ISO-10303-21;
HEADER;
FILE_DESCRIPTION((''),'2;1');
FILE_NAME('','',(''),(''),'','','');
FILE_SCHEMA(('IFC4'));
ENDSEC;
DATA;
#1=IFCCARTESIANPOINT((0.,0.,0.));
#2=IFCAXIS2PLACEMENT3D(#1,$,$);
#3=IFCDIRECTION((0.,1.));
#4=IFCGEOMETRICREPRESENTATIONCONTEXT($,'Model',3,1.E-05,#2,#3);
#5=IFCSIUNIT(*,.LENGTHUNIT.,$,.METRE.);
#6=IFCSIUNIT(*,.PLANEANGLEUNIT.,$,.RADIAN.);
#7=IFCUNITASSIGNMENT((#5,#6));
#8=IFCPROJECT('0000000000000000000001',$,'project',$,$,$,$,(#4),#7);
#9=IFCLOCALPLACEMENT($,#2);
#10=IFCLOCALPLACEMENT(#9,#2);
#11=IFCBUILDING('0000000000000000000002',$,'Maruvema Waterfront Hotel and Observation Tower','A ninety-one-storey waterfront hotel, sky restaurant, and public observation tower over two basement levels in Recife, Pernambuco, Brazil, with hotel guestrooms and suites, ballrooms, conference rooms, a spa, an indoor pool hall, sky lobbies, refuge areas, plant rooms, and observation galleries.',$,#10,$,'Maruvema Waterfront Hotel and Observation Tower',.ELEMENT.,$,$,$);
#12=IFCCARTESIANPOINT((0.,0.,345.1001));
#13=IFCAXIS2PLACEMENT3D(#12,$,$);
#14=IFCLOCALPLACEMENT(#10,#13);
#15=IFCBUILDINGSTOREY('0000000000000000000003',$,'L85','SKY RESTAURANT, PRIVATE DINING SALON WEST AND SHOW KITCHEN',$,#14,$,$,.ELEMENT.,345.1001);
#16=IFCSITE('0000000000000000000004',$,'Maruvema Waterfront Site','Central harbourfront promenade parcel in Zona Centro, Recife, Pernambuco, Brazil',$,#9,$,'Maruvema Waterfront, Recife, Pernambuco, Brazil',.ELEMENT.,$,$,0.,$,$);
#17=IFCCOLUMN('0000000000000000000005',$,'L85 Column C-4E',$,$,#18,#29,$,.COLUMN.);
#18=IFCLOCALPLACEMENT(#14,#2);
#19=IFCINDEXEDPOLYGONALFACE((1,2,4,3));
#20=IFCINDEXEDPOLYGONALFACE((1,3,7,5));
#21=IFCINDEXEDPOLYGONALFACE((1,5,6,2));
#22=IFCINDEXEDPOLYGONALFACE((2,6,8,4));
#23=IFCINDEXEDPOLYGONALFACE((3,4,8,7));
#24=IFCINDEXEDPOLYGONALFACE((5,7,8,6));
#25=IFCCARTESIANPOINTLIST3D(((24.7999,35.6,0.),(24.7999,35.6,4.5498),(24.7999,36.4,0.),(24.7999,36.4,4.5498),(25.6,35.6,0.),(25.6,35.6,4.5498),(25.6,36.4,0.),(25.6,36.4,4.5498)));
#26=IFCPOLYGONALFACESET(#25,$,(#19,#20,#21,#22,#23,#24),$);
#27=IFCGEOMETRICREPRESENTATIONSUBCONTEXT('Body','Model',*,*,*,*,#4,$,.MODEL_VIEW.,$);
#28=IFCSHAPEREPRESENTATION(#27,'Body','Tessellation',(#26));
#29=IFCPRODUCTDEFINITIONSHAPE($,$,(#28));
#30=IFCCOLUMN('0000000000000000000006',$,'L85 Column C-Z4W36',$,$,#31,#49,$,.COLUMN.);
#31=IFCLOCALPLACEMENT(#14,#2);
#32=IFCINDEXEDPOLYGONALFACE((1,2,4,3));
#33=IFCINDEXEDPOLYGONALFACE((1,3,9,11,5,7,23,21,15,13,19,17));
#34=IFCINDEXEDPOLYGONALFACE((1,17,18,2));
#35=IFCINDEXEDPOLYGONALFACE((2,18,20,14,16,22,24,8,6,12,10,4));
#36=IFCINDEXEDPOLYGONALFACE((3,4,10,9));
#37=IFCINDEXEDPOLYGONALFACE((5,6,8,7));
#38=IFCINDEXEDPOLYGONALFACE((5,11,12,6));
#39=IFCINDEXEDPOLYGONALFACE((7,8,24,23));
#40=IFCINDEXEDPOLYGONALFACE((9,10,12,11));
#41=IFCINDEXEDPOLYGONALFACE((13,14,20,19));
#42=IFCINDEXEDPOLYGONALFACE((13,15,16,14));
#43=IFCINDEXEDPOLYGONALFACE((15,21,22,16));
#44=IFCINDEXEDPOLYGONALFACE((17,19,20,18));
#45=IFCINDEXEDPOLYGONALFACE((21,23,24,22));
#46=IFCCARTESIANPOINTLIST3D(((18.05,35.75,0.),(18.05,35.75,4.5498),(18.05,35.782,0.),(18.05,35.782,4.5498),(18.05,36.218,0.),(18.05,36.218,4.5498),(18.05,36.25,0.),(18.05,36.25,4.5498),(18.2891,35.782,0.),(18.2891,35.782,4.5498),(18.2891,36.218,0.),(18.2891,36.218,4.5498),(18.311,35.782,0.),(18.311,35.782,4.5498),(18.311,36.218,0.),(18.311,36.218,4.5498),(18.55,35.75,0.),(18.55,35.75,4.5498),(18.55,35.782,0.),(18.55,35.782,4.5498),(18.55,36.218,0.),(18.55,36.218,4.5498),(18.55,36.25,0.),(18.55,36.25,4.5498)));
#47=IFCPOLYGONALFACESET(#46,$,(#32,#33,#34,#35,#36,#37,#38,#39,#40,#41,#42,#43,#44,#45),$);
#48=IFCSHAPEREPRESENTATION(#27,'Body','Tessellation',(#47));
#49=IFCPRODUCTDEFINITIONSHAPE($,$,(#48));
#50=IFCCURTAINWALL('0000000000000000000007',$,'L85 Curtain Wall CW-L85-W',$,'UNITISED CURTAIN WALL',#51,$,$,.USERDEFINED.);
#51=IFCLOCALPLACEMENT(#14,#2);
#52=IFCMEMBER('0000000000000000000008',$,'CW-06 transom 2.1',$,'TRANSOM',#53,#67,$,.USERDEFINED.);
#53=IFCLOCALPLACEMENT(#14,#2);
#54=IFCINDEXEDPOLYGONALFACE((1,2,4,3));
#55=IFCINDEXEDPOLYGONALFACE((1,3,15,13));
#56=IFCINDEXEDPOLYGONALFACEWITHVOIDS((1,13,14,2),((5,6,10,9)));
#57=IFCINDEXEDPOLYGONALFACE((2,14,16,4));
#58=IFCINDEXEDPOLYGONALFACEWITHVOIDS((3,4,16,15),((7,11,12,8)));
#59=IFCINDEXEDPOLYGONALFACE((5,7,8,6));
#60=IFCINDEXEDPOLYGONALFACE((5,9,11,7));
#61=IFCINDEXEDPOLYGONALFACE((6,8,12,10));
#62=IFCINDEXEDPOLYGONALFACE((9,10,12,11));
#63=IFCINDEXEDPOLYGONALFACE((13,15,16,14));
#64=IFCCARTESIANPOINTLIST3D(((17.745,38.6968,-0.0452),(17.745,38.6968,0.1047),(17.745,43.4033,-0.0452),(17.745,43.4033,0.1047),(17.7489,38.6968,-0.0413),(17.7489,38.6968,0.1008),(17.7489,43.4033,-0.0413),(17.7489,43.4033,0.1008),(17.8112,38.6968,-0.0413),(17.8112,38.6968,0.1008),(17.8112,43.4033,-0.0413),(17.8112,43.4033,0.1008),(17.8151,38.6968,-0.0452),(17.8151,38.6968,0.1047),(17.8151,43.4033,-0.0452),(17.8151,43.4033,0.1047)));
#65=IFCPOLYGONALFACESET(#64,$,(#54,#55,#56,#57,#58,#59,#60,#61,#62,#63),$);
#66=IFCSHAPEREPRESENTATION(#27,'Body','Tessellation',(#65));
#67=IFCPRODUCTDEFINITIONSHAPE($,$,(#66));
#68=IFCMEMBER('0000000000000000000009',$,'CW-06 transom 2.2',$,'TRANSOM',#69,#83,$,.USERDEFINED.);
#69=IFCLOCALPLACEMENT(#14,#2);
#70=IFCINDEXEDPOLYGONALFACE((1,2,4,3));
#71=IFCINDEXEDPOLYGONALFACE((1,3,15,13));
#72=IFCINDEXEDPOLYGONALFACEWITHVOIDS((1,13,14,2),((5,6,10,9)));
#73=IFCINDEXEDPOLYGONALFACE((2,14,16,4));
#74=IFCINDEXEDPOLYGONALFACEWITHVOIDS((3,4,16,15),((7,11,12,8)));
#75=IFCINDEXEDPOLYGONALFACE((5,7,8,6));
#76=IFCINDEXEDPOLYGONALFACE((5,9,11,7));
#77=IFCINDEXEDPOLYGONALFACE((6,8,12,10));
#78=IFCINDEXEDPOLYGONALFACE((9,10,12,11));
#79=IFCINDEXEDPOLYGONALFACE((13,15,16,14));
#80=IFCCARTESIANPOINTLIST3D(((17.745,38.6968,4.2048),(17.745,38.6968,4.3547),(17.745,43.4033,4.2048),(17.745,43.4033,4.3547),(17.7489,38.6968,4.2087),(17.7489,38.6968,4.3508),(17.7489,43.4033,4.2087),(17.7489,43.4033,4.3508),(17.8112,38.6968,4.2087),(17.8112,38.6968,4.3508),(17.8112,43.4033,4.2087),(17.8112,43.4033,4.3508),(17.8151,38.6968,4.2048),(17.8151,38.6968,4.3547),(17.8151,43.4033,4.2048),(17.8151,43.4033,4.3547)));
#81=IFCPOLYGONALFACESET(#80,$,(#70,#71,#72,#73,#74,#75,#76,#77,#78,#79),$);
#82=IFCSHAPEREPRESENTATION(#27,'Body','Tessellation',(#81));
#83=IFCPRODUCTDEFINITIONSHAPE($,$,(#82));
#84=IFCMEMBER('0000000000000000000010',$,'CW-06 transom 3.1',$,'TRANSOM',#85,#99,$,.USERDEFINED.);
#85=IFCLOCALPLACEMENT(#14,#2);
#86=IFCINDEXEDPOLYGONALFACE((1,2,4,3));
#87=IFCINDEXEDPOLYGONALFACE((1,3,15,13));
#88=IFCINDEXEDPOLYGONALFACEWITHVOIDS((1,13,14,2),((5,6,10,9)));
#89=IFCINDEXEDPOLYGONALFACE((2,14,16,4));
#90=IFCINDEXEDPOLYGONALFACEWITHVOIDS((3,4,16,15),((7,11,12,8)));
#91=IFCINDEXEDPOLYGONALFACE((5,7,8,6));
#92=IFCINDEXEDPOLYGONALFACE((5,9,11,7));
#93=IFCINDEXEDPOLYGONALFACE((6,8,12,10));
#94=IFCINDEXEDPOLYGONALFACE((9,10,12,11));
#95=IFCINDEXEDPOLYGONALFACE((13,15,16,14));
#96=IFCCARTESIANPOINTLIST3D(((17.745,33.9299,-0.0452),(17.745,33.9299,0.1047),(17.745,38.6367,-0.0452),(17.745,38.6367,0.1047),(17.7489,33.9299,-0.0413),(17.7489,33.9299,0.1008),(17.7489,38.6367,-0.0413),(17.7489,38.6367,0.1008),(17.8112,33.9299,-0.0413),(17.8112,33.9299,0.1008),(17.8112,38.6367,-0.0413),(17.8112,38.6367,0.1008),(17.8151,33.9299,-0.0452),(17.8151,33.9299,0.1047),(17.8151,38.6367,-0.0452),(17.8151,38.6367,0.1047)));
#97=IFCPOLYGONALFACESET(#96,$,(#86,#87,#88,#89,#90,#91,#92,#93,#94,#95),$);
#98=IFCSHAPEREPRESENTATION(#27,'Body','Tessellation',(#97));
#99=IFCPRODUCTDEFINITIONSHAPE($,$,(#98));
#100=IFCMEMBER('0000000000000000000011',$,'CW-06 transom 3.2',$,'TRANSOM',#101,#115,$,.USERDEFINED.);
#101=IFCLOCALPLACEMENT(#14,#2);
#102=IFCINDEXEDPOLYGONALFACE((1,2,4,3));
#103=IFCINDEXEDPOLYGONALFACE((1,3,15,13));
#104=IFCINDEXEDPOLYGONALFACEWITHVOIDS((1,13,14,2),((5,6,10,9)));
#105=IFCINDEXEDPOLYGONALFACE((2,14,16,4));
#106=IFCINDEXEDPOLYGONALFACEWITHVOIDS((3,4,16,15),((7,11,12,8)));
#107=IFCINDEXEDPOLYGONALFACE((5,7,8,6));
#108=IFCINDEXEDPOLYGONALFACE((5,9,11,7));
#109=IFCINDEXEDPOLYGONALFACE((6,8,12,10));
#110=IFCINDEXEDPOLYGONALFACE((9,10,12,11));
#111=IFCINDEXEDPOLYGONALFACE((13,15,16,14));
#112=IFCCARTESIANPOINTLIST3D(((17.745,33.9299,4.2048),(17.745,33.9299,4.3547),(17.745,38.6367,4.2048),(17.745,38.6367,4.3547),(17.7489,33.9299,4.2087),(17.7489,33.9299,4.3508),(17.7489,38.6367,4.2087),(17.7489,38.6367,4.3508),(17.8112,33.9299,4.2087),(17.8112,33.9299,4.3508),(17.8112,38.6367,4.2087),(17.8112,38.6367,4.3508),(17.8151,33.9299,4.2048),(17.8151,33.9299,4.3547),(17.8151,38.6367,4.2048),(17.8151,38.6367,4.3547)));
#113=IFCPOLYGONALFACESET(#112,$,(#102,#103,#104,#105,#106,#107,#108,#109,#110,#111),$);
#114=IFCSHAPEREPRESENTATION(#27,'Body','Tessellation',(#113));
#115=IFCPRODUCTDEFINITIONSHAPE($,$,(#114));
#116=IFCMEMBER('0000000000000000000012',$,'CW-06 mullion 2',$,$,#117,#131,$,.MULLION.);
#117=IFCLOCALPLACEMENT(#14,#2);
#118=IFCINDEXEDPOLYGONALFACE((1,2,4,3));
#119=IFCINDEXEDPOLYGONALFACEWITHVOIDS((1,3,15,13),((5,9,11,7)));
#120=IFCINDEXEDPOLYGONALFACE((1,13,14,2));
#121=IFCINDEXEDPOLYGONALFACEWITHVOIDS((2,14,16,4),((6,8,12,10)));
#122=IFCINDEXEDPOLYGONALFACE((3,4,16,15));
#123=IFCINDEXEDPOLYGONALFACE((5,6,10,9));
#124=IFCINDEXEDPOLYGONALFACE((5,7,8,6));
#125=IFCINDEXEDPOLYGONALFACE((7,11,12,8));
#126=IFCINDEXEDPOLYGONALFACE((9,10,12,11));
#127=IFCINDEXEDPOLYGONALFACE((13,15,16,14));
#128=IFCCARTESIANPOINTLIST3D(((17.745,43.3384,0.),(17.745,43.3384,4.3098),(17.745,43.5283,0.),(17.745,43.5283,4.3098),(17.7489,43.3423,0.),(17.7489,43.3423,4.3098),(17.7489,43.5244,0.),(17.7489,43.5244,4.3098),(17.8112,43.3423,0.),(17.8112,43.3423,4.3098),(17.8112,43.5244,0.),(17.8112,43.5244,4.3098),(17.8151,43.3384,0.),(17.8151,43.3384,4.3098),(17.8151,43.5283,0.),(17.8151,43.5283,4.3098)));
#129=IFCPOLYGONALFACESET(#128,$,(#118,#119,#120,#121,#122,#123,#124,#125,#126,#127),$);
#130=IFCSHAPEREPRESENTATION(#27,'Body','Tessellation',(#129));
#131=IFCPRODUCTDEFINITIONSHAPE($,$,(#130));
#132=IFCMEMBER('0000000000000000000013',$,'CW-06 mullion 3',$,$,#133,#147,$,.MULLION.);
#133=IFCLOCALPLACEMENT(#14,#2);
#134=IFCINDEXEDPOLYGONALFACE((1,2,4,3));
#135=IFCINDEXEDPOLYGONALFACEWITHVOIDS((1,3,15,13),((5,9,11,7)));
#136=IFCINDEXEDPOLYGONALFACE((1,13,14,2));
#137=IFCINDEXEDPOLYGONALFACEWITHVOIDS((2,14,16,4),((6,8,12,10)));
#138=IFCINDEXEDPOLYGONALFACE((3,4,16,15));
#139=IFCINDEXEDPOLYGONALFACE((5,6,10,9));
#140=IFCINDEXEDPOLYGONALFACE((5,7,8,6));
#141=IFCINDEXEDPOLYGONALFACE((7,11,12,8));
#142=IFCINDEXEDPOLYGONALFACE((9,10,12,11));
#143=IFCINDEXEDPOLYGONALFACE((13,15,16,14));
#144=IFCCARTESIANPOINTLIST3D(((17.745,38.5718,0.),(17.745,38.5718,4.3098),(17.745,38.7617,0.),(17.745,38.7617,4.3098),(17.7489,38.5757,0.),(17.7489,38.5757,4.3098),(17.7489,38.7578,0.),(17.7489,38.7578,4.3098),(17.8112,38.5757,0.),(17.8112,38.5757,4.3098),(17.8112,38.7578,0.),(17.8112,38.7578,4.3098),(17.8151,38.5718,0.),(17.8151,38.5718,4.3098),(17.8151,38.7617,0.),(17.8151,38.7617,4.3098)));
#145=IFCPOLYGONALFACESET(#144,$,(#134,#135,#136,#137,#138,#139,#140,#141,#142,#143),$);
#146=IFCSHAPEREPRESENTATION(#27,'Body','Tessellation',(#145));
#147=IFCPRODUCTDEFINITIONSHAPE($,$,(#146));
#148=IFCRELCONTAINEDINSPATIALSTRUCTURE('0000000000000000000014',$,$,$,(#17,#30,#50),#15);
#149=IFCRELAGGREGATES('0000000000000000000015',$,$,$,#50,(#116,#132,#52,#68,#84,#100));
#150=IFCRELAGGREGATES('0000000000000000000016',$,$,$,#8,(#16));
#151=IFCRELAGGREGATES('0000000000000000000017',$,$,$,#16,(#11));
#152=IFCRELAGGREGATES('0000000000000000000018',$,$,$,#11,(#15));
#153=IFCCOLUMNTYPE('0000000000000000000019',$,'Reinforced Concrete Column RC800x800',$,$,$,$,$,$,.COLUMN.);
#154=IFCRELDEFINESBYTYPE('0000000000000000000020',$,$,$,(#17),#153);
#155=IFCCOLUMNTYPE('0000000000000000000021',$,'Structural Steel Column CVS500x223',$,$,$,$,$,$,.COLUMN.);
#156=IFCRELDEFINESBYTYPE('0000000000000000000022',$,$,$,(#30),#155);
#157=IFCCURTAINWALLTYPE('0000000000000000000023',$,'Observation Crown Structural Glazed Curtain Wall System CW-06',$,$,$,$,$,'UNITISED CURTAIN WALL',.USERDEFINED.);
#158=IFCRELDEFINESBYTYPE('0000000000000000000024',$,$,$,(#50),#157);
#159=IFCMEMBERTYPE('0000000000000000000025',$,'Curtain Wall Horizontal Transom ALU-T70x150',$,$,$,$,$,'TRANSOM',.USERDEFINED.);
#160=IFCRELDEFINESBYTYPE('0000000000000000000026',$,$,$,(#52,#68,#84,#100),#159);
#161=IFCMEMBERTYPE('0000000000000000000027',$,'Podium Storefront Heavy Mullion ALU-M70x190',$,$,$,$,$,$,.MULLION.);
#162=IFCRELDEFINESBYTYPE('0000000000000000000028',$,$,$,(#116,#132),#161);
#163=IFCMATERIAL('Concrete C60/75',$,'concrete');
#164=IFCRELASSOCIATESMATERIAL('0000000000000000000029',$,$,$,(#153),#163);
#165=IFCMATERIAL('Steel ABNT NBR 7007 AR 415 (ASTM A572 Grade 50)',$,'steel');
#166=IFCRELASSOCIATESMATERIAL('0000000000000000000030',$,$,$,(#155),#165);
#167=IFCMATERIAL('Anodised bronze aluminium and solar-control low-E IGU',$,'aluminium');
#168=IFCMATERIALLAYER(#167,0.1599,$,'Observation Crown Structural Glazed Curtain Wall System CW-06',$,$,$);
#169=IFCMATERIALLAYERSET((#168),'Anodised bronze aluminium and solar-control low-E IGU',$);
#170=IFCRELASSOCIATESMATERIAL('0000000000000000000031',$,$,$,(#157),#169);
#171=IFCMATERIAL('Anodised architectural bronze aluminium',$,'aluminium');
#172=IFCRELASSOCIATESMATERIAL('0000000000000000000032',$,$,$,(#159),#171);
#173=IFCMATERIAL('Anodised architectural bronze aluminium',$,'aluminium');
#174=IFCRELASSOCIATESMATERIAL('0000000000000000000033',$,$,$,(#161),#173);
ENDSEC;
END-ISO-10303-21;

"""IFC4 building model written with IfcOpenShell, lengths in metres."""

from ifc_helpers import new_model, si_unit, direction, frame, origin, origin_2d, place, context, subcontext, project, spatial, rectangle, hollow_rectangle, i_section, extrude, material, layer, layer_set, material_profile, profile_set, type_object, element, aggregate, save


model = new_model("IFC4")

# Units and contexts
model_context = context("Model", 3, precision=1e-05, world=origin(), true_north=direction((0.0, 1.0)))
body_context = subcontext(model_context, "Body", "Model", "MODEL_VIEW")
ifc_project = project(units=[si_unit("LENGTHUNIT", "METRE"), si_unit("PLANEANGLEUNIT", "RADIAN")], contexts=[model_context])

# Site, building, storey
site_placement = place(None, origin())
site = spatial("IfcSite", under=ifc_project, at=site_placement, Name="Maruvema Waterfront Site", Description="Central harbourfront promenade parcel in Zona Centro, Recife, Pernambuco, Brazil", LongName="Maruvema Waterfront, Recife, Pernambuco, Brazil", CompositionType="ELEMENT", RefElevation=0.0)
building_placement = place(site_placement, origin())
building = spatial("IfcBuilding", under=site, at=building_placement, Name="Maruvema Waterfront Hotel and Observation Tower", Description="A ninety-one-storey waterfront hotel, sky restaurant, and public observation tower over two basement levels in Recife, Pernambuco, Brazil, with hotel guestrooms and suites, ballrooms, conference rooms, a spa, an indoor pool hall, sky lobbies, refuge areas, plant rooms, and observation galleries.", LongName="Maruvema Waterfront Hotel and Observation Tower", CompositionType="ELEMENT")
storey_placement = place(building_placement, frame((0.0, 0.0, 345.1001)))
storey = spatial("IfcBuildingStorey", under=building, at=storey_placement, Name="L85", Description="SKY RESTAURANT, PRIVATE DINING SALON WEST AND SHOW KITCHEN", CompositionType="ELEMENT", Elevation=345.1001)

# Columns
ifc_material_1 = material(Name="Concrete C60/75", Category="concrete")
ifc_material_profile_1 = material_profile(ifc_material_1, rectangle(XDim=0.8, YDim=0.8, at=origin_2d()), Name="RC800x800")
ifc_profile_set_1 = profile_set([ifc_material_profile_1], Name="Concrete C60/75")
column_type_1 = type_object("IfcColumnType", Name="Reinforced Concrete Column RC800x800", PredefinedType="COLUMN", material=ifc_profile_set_1)
column_1_placement = place(storey_placement, frame((25.2, 36.0, 0.0), z_axis=(0.0, 0.0, 1.0), x_axis=(1.0, 0.0, 0.0)))
element("IfcColumn", 1, at=column_1_placement, inside=storey, type_object=column_type_1, Name="L85 Column C-4E", PredefinedType="COLUMN", context=body_context, shape_type="SweptSolid", body=[
    extrude(rectangle(XDim=0.8, YDim=0.8, at=origin_2d()), origin(), (0.0, 0.0, 1.0), 4.5498),
])
ifc_material_2 = material(Name="Steel ABNT NBR 7007 AR 415 (ASTM A572 Grade 50)", Category="steel")
ifc_material_profile_2 = material_profile(ifc_material_2, i_section(OverallWidth=0.5, OverallDepth=0.5, WebThickness=0.022, FlangeThickness=0.032, at=origin_2d()), Name="CVS500x223")
ifc_profile_set_2 = profile_set([ifc_material_profile_2], Name="Steel ABNT NBR 7007 AR 415 (ASTM A572 Grade 50)")
column_type_2 = type_object("IfcColumnType", Name="Structural Steel Column CVS500x223", PredefinedType="COLUMN", material=ifc_profile_set_2)
column_2_placement = place(storey_placement, frame((18.3, 36.0, 0.0), z_axis=(0.0, 0.0, 1.0), x_axis=(1.0, 0.0, 0.0)))
element("IfcColumn", 2, at=column_2_placement, inside=storey, type_object=column_type_2, Name="L85 Column C-Z4W36", PredefinedType="COLUMN", context=body_context, shape_type="SweptSolid", body=[
    extrude(i_section(OverallWidth=0.5, OverallDepth=0.5, WebThickness=0.022, FlangeThickness=0.032, at=origin_2d()), origin(), (0.0, 0.0, 1.0), 4.5498),
])

# Curtain wall, members
ifc_material_3 = material(Name="Anodised bronze aluminium and solar-control low-E IGU", Category="aluminium")
ifc_layer_1 = layer(ifc_material_3, 0.1599, Name="Observation Crown Structural Glazed Curtain Wall System CW-06")
ifc_layer_set_1 = layer_set([ifc_layer_1], Name="Anodised bronze aluminium and solar-control low-E IGU")
curtain_wall_type = type_object("IfcCurtainWallType", Name="Observation Crown Structural Glazed Curtain Wall System CW-06", ElementType="UNITISED CURTAIN WALL", PredefinedType="USERDEFINED", material=ifc_layer_set_1)
curtain_wall_placement = place(storey_placement, origin())
curtain_wall = element("IfcCurtainWall", 3, at=curtain_wall_placement, inside=storey, type_object=curtain_wall_type, Name="L85 Curtain Wall CW-L85-W", ObjectType="UNITISED CURTAIN WALL", PredefinedType="USERDEFINED")
ifc_material_4 = material(Name="Anodised architectural bronze aluminium", Category="aluminium")
ifc_material_profile_3 = material_profile(ifc_material_4, hollow_rectangle(XDim=0.0701, YDim=0.1499, WallThickness=0.0039, at=origin_2d()), Name="ALU-T70x150")
ifc_profile_set_3 = profile_set([ifc_material_profile_3], Name="Anodised architectural bronze aluminium")
member_type_1 = type_object("IfcMemberType", Name="Curtain Wall Horizontal Transom ALU-T70x150", ElementType="TRANSOM", PredefinedType="USERDEFINED", material=ifc_profile_set_3)
member_1_placement = place(storey_placement, frame((17.78, 43.4033, 0.0298), z_axis=(0.0, -1.0, 0.0), x_axis=(1.0, 0.0, 0.0)))
member_1 = element("IfcMember", 4, at=member_1_placement, type_object=member_type_1, Name="CW-06 transom 2.1", ObjectType="TRANSOM", PredefinedType="USERDEFINED", context=body_context, shape_type="SweptSolid", body=[
    extrude(hollow_rectangle(XDim=0.0701, YDim=0.1499, WallThickness=0.0039, at=origin_2d()), origin(), (0.0, 0.0, 1.0), 4.7065),
])
member_2_placement = place(storey_placement, frame((17.78, 43.4033, 4.2798), z_axis=(0.0, -1.0, 0.0), x_axis=(1.0, 0.0, 0.0)))
member_2 = element("IfcMember", 5, at=member_2_placement, type_object=member_type_1, Name="CW-06 transom 2.2", ObjectType="TRANSOM", PredefinedType="USERDEFINED", context=body_context, shape_type="SweptSolid", body=[
    extrude(hollow_rectangle(XDim=0.0701, YDim=0.1499, WallThickness=0.0039, at=origin_2d()), origin(), (0.0, 0.0, 1.0), 4.7065),
])
member_3_placement = place(storey_placement, frame((17.78, 38.6367, 0.0298), z_axis=(0.0, -1.0, 0.0), x_axis=(1.0, 0.0, 0.0)))
member_3 = element("IfcMember", 6, at=member_3_placement, type_object=member_type_1, Name="CW-06 transom 3.1", ObjectType="TRANSOM", PredefinedType="USERDEFINED", context=body_context, shape_type="SweptSolid", body=[
    extrude(hollow_rectangle(XDim=0.0701, YDim=0.1499, WallThickness=0.0039, at=origin_2d()), origin(), (0.0, 0.0, 1.0), 4.7068),
])
member_4_placement = place(storey_placement, frame((17.78, 38.6367, 4.2798), z_axis=(0.0, -1.0, 0.0), x_axis=(1.0, 0.0, 0.0)))
member_4 = element("IfcMember", 7, at=member_4_placement, type_object=member_type_1, Name="CW-06 transom 3.2", ObjectType="TRANSOM", PredefinedType="USERDEFINED", context=body_context, shape_type="SweptSolid", body=[
    extrude(hollow_rectangle(XDim=0.0701, YDim=0.1499, WallThickness=0.0039, at=origin_2d()), origin(), (0.0, 0.0, 1.0), 4.7068),
])
ifc_material_5 = material(Name="Anodised architectural bronze aluminium", Category="aluminium")
ifc_material_profile_4 = material_profile(ifc_material_5, hollow_rectangle(XDim=0.0701, YDim=0.1899, WallThickness=0.0039, at=origin_2d()), Name="ALU-M70x190")
ifc_profile_set_4 = profile_set([ifc_material_profile_4], Name="Anodised architectural bronze aluminium")
member_type_2 = type_object("IfcMemberType", Name="Podium Storefront Heavy Mullion ALU-M70x190", PredefinedType="MULLION", material=ifc_profile_set_4)
member_5_placement = place(storey_placement, frame((17.78, 43.4333, 0.0), z_axis=(0.0, 0.0, 1.0), x_axis=(1.0, 0.0, 0.0)))
member_5 = element("IfcMember", 8, at=member_5_placement, type_object=member_type_2, Name="CW-06 mullion 2", PredefinedType="MULLION", context=body_context, shape_type="SweptSolid", body=[
    extrude(hollow_rectangle(XDim=0.0701, YDim=0.1899, WallThickness=0.0039, at=origin_2d()), origin(), (0.0, 0.0, 1.0), 4.3098),
])
member_6_placement = place(storey_placement, frame((17.78, 38.6667, 0.0), z_axis=(0.0, 0.0, 1.0), x_axis=(1.0, 0.0, 0.0)))
member_6 = element("IfcMember", 9, at=member_6_placement, type_object=member_type_2, Name="CW-06 mullion 3", PredefinedType="MULLION", context=body_context, shape_type="SweptSolid", body=[
    extrude(hollow_rectangle(XDim=0.0701, YDim=0.1899, WallThickness=0.0039, at=origin_2d()), origin(), (0.0, 0.0, 1.0), 4.3098),
])

aggregate(curtain_wall, [member_5, member_6, member_1, member_2, member_3, member_4])

save(model, "model.ifc")
